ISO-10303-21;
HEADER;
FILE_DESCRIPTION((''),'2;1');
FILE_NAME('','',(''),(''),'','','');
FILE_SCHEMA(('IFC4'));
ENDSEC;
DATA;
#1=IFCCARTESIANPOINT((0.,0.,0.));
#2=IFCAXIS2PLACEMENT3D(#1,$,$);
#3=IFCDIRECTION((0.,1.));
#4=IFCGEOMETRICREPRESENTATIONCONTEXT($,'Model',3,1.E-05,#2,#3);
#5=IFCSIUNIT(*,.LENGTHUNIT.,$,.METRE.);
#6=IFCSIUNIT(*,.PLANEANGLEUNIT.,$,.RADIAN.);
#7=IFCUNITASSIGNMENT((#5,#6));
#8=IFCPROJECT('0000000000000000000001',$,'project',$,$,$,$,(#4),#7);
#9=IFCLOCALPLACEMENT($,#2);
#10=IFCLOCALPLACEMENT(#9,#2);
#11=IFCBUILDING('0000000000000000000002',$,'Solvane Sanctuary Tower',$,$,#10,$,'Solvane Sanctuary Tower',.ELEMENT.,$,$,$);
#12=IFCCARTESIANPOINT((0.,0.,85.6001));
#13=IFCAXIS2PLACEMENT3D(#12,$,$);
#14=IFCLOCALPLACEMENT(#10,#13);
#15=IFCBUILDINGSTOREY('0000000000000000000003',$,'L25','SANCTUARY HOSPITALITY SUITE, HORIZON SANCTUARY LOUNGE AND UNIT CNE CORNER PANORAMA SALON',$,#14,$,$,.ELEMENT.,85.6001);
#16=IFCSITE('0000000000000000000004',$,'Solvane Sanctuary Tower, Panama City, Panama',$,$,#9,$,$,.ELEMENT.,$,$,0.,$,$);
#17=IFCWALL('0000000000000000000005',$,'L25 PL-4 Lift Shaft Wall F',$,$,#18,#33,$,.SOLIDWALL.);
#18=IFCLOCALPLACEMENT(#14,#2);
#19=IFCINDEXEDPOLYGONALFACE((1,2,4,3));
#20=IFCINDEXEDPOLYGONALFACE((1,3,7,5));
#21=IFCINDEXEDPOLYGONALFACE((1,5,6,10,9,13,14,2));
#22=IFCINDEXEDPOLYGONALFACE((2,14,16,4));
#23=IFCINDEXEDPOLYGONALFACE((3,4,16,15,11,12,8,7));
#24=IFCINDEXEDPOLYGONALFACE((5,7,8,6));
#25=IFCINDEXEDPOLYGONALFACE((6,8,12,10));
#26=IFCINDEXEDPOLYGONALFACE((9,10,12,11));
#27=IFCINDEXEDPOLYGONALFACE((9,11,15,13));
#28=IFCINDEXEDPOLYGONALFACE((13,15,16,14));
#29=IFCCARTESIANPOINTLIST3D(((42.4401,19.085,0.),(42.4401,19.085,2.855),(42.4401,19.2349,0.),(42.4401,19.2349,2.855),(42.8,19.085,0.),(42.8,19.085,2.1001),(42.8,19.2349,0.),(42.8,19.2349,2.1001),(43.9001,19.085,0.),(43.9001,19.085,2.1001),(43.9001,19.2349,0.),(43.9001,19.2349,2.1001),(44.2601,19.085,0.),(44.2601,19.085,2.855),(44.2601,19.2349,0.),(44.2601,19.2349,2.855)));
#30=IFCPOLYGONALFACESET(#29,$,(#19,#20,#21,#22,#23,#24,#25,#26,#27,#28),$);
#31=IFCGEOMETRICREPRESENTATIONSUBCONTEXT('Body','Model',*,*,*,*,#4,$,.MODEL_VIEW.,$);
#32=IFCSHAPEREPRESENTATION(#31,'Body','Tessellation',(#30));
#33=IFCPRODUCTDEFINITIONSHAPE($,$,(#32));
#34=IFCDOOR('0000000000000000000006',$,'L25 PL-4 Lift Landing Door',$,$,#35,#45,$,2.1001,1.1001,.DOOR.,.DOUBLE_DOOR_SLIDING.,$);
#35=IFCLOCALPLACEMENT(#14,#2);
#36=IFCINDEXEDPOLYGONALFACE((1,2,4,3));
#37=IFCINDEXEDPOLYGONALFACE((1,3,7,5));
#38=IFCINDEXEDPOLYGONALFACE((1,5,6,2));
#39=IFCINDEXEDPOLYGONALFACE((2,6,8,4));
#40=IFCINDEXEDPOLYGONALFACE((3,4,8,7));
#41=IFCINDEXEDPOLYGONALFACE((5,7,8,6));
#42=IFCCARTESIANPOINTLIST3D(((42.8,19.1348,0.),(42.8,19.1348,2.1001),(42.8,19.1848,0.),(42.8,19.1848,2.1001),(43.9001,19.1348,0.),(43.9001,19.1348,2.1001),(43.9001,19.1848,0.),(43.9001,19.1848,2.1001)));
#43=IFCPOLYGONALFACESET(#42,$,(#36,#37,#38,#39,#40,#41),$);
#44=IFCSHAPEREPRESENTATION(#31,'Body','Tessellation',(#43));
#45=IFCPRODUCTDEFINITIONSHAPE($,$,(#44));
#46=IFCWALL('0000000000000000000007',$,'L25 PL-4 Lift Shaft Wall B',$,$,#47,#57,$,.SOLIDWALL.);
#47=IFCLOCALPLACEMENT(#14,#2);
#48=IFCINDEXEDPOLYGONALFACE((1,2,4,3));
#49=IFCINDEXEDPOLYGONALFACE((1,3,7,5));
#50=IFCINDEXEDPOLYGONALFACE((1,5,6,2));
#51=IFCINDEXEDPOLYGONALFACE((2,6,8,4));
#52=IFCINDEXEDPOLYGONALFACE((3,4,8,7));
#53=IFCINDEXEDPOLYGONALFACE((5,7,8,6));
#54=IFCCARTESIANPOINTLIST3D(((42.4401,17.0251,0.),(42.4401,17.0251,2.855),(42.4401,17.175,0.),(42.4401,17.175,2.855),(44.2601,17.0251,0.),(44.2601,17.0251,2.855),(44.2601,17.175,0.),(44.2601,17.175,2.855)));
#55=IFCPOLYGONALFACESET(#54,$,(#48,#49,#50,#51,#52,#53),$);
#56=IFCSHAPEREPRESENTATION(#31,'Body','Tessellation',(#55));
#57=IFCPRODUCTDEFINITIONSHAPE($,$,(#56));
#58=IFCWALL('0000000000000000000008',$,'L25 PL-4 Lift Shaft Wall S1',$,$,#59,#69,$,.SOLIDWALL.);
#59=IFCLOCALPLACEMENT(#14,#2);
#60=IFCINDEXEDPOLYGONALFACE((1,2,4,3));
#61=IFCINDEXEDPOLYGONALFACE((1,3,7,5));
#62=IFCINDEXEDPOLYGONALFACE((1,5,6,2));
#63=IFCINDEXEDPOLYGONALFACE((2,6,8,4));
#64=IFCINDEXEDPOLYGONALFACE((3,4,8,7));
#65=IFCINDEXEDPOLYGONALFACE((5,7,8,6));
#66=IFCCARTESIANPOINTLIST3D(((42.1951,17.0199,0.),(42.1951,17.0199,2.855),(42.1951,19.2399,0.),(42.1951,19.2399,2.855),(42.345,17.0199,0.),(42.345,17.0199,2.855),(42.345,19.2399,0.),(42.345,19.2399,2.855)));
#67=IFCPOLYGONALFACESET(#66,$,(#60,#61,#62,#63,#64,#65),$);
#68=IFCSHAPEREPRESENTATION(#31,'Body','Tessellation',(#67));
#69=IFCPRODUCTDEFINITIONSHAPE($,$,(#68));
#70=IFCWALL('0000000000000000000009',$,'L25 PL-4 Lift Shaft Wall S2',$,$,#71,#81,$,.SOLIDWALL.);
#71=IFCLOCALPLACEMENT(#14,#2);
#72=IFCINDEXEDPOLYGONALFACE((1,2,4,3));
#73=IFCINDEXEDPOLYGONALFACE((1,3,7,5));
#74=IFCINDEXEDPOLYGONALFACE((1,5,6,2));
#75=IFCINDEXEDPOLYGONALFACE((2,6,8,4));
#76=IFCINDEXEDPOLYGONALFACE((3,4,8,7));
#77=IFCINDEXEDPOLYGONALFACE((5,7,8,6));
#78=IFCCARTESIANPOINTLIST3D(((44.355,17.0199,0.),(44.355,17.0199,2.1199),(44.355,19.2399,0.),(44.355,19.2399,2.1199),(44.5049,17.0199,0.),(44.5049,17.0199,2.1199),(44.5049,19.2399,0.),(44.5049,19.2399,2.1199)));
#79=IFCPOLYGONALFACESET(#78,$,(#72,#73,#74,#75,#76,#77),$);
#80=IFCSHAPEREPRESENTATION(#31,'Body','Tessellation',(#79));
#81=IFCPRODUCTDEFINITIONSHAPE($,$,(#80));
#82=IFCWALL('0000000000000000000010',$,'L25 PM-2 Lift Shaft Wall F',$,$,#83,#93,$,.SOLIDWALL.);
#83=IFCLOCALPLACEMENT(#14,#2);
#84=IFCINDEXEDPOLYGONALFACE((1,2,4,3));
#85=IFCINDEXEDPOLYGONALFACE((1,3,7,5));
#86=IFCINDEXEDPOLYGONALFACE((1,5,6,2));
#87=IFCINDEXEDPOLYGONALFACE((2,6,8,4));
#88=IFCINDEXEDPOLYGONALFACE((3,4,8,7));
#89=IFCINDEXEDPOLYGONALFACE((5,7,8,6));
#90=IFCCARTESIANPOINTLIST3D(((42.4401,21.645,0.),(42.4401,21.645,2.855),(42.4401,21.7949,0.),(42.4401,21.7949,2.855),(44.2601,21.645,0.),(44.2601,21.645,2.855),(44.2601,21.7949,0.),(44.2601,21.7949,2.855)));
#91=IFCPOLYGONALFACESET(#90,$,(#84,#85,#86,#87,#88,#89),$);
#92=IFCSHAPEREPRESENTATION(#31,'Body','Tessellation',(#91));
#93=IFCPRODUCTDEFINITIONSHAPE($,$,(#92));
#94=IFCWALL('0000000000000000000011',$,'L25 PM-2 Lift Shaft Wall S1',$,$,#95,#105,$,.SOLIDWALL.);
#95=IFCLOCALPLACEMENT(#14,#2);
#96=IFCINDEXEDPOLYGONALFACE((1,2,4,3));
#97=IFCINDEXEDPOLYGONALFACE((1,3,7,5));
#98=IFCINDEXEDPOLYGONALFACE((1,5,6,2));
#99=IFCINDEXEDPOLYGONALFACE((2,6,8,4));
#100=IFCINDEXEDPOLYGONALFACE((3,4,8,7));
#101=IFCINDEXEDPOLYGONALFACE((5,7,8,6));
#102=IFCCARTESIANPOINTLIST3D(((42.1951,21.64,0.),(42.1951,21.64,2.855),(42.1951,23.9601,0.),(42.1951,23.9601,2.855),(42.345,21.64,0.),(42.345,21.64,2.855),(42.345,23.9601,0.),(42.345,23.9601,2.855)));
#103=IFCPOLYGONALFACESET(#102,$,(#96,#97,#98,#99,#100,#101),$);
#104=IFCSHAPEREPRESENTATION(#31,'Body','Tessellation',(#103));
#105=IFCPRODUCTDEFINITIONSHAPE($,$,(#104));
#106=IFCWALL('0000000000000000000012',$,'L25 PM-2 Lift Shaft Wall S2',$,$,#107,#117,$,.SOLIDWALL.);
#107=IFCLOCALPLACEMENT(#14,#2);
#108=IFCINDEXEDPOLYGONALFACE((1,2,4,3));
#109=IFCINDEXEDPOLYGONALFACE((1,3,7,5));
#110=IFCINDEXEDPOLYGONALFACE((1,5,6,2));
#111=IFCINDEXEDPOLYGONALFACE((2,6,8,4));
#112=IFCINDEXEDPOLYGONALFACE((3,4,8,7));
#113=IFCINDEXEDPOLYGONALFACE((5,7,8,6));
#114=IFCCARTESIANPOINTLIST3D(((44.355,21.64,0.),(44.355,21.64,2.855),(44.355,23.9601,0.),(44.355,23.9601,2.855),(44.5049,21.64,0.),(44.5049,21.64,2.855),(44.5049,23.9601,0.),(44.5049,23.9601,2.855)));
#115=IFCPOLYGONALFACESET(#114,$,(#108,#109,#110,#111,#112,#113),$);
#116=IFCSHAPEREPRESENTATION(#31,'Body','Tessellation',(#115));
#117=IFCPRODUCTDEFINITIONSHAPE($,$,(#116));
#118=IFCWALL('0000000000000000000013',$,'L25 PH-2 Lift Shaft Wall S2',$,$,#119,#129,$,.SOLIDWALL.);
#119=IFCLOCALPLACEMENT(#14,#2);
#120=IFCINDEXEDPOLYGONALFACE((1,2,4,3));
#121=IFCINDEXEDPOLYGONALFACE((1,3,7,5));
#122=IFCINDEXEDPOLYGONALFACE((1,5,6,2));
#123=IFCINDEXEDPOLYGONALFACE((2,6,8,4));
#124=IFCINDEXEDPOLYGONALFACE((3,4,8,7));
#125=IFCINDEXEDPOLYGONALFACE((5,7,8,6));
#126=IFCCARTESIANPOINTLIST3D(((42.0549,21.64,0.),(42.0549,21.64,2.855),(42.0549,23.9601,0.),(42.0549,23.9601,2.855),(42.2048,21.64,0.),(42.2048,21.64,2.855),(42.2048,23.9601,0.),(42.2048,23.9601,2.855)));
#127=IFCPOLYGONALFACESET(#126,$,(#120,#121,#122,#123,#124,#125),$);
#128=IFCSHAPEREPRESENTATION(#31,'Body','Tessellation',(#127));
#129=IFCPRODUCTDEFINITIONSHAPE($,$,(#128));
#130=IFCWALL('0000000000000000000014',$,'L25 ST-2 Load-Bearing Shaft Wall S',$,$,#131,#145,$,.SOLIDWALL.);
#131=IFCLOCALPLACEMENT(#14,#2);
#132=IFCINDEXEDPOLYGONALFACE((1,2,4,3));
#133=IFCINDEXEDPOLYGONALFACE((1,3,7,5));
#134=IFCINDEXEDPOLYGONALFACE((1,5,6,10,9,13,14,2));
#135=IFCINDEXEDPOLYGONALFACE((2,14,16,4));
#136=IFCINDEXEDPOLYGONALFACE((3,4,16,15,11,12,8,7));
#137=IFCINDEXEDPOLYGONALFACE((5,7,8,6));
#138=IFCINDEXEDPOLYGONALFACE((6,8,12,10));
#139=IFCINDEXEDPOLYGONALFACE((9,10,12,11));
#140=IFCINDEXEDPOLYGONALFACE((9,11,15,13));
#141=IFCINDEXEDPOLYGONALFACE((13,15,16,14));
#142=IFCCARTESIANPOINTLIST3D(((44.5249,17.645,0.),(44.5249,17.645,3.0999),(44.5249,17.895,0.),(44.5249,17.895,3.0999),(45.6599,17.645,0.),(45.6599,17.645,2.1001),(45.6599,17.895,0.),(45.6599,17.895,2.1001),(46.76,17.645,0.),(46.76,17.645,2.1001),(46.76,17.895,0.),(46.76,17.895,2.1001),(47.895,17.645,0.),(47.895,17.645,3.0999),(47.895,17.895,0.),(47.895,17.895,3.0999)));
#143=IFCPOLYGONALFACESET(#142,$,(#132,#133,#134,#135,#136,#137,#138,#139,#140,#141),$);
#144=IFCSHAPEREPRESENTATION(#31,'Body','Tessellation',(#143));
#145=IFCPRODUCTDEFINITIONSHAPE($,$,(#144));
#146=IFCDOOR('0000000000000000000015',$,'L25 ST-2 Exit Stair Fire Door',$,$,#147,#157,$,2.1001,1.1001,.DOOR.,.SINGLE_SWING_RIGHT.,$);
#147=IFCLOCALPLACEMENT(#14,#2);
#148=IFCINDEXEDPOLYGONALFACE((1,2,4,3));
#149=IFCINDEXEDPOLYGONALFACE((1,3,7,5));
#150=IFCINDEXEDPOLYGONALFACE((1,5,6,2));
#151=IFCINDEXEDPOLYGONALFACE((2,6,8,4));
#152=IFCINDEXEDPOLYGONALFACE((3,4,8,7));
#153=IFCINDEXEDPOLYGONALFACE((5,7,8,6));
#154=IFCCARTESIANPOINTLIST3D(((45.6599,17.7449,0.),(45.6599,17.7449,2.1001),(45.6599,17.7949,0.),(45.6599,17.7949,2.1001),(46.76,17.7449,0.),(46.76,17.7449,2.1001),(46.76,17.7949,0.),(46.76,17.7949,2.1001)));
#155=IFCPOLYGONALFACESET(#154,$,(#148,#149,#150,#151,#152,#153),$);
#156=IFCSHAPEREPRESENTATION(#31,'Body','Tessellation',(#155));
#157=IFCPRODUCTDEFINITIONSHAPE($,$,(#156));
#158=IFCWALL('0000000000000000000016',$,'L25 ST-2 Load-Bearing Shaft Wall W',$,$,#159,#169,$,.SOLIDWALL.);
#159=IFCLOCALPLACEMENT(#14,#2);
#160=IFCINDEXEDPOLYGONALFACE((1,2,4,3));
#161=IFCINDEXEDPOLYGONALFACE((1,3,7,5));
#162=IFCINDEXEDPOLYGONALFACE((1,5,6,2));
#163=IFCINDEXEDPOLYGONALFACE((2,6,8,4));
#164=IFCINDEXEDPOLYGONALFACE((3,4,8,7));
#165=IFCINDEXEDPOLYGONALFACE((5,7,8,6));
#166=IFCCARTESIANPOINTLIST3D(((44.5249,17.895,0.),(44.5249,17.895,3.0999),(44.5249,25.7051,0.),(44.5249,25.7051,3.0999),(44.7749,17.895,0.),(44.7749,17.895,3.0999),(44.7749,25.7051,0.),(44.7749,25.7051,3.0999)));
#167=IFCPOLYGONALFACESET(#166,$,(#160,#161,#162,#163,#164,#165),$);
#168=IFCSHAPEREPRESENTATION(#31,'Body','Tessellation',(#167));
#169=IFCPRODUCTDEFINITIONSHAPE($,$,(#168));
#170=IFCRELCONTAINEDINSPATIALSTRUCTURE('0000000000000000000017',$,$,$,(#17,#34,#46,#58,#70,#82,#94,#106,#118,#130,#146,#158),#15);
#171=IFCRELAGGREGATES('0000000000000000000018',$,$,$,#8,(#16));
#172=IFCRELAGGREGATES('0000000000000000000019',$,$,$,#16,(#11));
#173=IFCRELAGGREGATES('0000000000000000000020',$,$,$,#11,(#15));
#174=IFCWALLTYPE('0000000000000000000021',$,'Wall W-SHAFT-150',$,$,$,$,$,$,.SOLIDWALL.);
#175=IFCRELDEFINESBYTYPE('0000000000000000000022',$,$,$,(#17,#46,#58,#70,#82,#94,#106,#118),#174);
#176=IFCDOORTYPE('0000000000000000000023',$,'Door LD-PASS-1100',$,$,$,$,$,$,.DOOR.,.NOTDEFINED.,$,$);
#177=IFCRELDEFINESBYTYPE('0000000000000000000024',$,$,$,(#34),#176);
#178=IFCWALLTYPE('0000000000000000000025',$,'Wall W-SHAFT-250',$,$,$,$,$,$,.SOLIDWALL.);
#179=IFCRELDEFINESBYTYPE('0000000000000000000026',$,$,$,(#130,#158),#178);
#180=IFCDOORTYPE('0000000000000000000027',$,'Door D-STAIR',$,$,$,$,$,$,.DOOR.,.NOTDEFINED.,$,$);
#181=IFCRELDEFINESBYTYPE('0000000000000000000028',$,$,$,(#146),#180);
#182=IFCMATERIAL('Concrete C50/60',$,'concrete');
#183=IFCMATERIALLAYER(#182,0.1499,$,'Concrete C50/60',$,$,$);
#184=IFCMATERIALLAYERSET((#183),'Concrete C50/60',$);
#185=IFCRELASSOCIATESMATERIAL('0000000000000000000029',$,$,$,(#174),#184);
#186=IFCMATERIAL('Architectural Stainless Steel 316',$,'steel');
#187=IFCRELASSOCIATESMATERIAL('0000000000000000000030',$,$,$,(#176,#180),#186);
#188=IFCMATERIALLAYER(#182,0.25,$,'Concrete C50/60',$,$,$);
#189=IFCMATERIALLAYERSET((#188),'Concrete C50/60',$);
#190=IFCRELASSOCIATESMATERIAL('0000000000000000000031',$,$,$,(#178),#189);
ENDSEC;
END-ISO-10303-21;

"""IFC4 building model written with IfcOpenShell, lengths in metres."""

from ifc_helpers import new_model, si_unit, direction, frame, frame_2d, origin, place, context, subcontext, project, spatial, rectangle, extrude, material, layer, layer_set, type_object, element, fill, save


model = new_model("IFC4")

# Units and contexts
model_context = context("Model", 3, precision=1e-05, world=origin(), true_north=direction((0.0, 1.0)))
body_context = subcontext(model_context, "Body", "Model", "MODEL_VIEW")
ifc_project = project(units=[si_unit("LENGTHUNIT", "METRE"), si_unit("PLANEANGLEUNIT", "RADIAN")], contexts=[model_context])

# Site, building, storey
site_placement = place(None, origin())
site = spatial("IfcSite", under=ifc_project, at=site_placement, Name="Solvane Sanctuary Tower, Panama City, Panama", CompositionType="ELEMENT", RefElevation=0.0)
building_placement = place(site_placement, origin())
building = spatial("IfcBuilding", under=site, at=building_placement, Name="Solvane Sanctuary Tower", LongName="Solvane Sanctuary Tower", CompositionType="ELEMENT")
storey_placement = place(building_placement, frame((0.0, 0.0, 85.6001)))
storey = spatial("IfcBuildingStorey", under=building, at=storey_placement, Name="L25", Description="SANCTUARY HOSPITALITY SUITE, HORIZON SANCTUARY LOUNGE AND UNIT CNE CORNER PANORAMA SALON", CompositionType="ELEMENT", Elevation=85.6001)

# Shared definitions
ifc_material_1 = material(Name="Concrete C50/60", Category="concrete")
ifc_layer_1 = layer(ifc_material_1, 0.1499, Name="Concrete C50/60")
ifc_layer_set_1 = layer_set([ifc_layer_1], Name="Concrete C50/60")
wall_type_1 = type_object("IfcWallType", Name="Wall W-SHAFT-150", PredefinedType="SOLIDWALL", material=ifc_layer_set_1)

# Wall, opening, door
wall_1_placement = place(storey_placement, frame((42.4399, 19.1599, 0.0), z_axis=(0.0, 0.0, 1.0), x_axis=(1.0, 0.0, 0.0)))
wall_1 = element("IfcWall", 1, at=wall_1_placement, inside=storey, type_object=wall_type_1, Name="L25 PL-4 Lift Shaft Wall F", PredefinedType="SOLIDWALL", context=body_context, shape_type="SweptSolid", body=[
    extrude(rectangle(XDim=1.8201, YDim=0.1499, at=frame_2d((0.9102, 0.0))), origin(), (0.0, 0.0, 1.0), 2.855),
])
opening_1_placement = place(wall_1_placement, frame((0.3601, 0.0, 0.0)))
opening_1 = element("IfcOpeningElement", 2, at=opening_1_placement, cuts=wall_1, PredefinedType="OPENING", context=body_context, shape_type="SweptSolid", body=[
    extrude(rectangle(XDim=1.1001, YDim=2.1001, at=frame_2d((0.55, 1.05))), frame((0.0, 0.085, 0.0), z_axis=(0.0, -1.0, 0.0), x_axis=(1.0, 0.0, 0.0)), (0.0, 0.0, 1.0), 0.1699),
])
ifc_material_2 = material(Name="Architectural Stainless Steel 316", Category="steel")
door_type_1 = type_object("IfcDoorType", Name="Door LD-PASS-1100", OperationType="NOTDEFINED", PredefinedType="DOOR", material=ifc_material_2)
door_1_placement = place(opening_1_placement, origin())
door_1 = element("IfcDoor", 3, at=door_1_placement, inside=storey, type_object=door_type_1, Name="L25 PL-4 Lift Landing Door", OperationType="DOUBLE_DOOR_SLIDING", OverallHeight=2.1001, OverallWidth=1.1001, PredefinedType="DOOR", context=body_context, shape_type="SweptSolid", body=[
    extrude(rectangle(XDim=1.1001, YDim=2.1001, at=frame_2d((0.55, 1.05))), frame((0.0, 0.0249, 0.0), z_axis=(0.0, -1.0, 0.0), x_axis=(1.0, 0.0, 0.0)), (0.0, 0.0, 1.0), 0.05),
])
fill(opening_1, door_1)

# Walls
wall_2_placement = place(storey_placement, frame((42.4399, 17.1001, 0.0), z_axis=(0.0, 0.0, 1.0), x_axis=(1.0, 0.0, 0.0)))
element("IfcWall", 4, at=wall_2_placement, inside=storey, type_object=wall_type_1, Name="L25 PL-4 Lift Shaft Wall B", PredefinedType="SOLIDWALL", context=body_context, shape_type="SweptSolid", body=[
    extrude(rectangle(XDim=1.8201, YDim=0.1499, at=frame_2d((0.9102, 0.0))), origin(), (0.0, 0.0, 1.0), 2.855),
])
wall_3_placement = place(storey_placement, frame((42.27, 17.02, 0.0), z_axis=(0.0, 0.0, 1.0), x_axis=(0.0, 1.0, 0.0)))
element("IfcWall", 5, at=wall_3_placement, inside=storey, type_object=wall_type_1, Name="L25 PL-4 Lift Shaft Wall S1", PredefinedType="SOLIDWALL", context=body_context, shape_type="SweptSolid", body=[
    extrude(rectangle(XDim=2.22, YDim=0.1499, at=frame_2d((1.1099, 0.0))), origin(), (0.0, 0.0, 1.0), 2.855),
])
wall_4_placement = place(storey_placement, frame((44.4299, 17.02, 0.0), z_axis=(0.0, 0.0, 1.0), x_axis=(0.0, 1.0, 0.0)))
element("IfcWall", 6, at=wall_4_placement, inside=storey, type_object=wall_type_1, Name="L25 PL-4 Lift Shaft Wall S2", PredefinedType="SOLIDWALL", context=body_context, shape_type="SweptSolid", body=[
    extrude(rectangle(XDim=2.22, YDim=0.1499, at=frame_2d((1.1099, 0.0))), origin(), (0.0, 0.0, 1.0), 2.1199),
])
wall_5_placement = place(storey_placement, frame((42.4399, 21.72, 0.0), z_axis=(0.0, 0.0, 1.0), x_axis=(1.0, 0.0, 0.0)))
element("IfcWall", 7, at=wall_5_placement, inside=storey, type_object=wall_type_1, Name="L25 PM-2 Lift Shaft Wall F", PredefinedType="SOLIDWALL", context=body_context, shape_type="SweptSolid", body=[
    extrude(rectangle(XDim=1.8201, YDim=0.1499, at=frame_2d((0.9102, 0.0))), origin(), (0.0, 0.0, 1.0), 2.855),
])
for number, where, z_axis, x_axis, name in (
    (8, (42.27, 21.6399, 0.0), (0.0, 0.0, 1.0), (0.0, 1.0, 0.0), "L25 PM-2 Lift Shaft Wall S1"),
    (9, (44.4299, 21.6399, 0.0), (0.0, 0.0, 1.0), (0.0, 1.0, 0.0), "L25 PM-2 Lift Shaft Wall S2"),
    (10, (42.1299, 21.6399, 0.0), (0.0, 0.0, 1.0), (0.0, 1.0, 0.0), "L25 PH-2 Lift Shaft Wall S2"),
):
    element("IfcWall", number, at=place(storey_placement, frame(where, z_axis=z_axis, x_axis=x_axis)), inside=storey, type_object=wall_type_1, Name=name, PredefinedType="SOLIDWALL", context=body_context, shape_type="SweptSolid", body=[
        extrude(rectangle(XDim=2.3201, YDim=0.1499, at=frame_2d((1.1602, 0.0))), origin(), (0.0, 0.0, 1.0), 2.855),
    ])

# Wall, opening, door
ifc_layer_2 = layer(ifc_material_1, 0.25, Name="Concrete C50/60")
ifc_layer_set_2 = layer_set([ifc_layer_2], Name="Concrete C50/60")
wall_type_2 = type_object("IfcWallType", Name="Wall W-SHAFT-250", PredefinedType="SOLIDWALL", material=ifc_layer_set_2)
wall_6_placement = place(storey_placement, frame((44.5249, 17.77, 0.0), z_axis=(0.0, 0.0, 1.0), x_axis=(1.0, 0.0, 0.0)))
wall_6 = element("IfcWall", 11, at=wall_6_placement, inside=storey, type_object=wall_type_2, Name="L25 ST-2 Load-Bearing Shaft Wall S", PredefinedType="SOLIDWALL", context=body_context, shape_type="SweptSolid", body=[
    extrude(rectangle(XDim=3.3701, YDim=0.25, at=frame_2d((1.6851, 0.0))), origin(), (0.0, 0.0, 1.0), 3.0999),
])
opening_2_placement = place(wall_6_placement, frame((1.135, 0.0, 0.0)))
opening_2 = element("IfcOpeningElement", 12, at=opening_2_placement, cuts=wall_6, PredefinedType="OPENING", context=body_context, shape_type="SweptSolid", body=[
    extrude(rectangle(XDim=1.1001, YDim=2.1001, at=frame_2d((0.55, 1.05))), frame((0.0, 0.135, 0.0), z_axis=(0.0, -1.0, 0.0), x_axis=(1.0, 0.0, 0.0)), (0.0, 0.0, 1.0), 0.27),
])
door_type_2 = type_object("IfcDoorType", Name="Door D-STAIR", OperationType="NOTDEFINED", PredefinedType="DOOR", material=ifc_material_2)
door_2_placement = place(opening_2_placement, origin())
door_2 = element("IfcDoor", 13, at=door_2_placement, inside=storey, type_object=door_type_2, Name="L25 ST-2 Exit Stair Fire Door", OperationType="SINGLE_SWING_RIGHT", OverallHeight=2.1001, OverallWidth=1.1001, PredefinedType="DOOR", context=body_context, shape_type="SweptSolid", body=[
    extrude(rectangle(XDim=1.1001, YDim=2.1001, at=frame_2d((0.55, 1.05))), frame((0.0, 0.0249, 0.0), z_axis=(0.0, -1.0, 0.0), x_axis=(1.0, 0.0, 0.0)), (0.0, 0.0, 1.0), 0.05),
])
fill(opening_2, door_2)

# Wall
wall_7_placement = place(storey_placement, frame((44.6499, 17.895, 0.0), z_axis=(0.0, 0.0, 1.0), x_axis=(0.0, 1.0, 0.0)))
element("IfcWall", 14, at=wall_7_placement, inside=storey, type_object=wall_type_2, Name="L25 ST-2 Load-Bearing Shaft Wall W", PredefinedType="SOLIDWALL", context=body_context, shape_type="SweptSolid", body=[
    extrude(rectangle(XDim=7.8101, YDim=0.25, at=frame_2d((3.905, 0.0))), origin(), (0.0, 0.0, 1.0), 3.0999),
])

save(model, "model.ifc")
